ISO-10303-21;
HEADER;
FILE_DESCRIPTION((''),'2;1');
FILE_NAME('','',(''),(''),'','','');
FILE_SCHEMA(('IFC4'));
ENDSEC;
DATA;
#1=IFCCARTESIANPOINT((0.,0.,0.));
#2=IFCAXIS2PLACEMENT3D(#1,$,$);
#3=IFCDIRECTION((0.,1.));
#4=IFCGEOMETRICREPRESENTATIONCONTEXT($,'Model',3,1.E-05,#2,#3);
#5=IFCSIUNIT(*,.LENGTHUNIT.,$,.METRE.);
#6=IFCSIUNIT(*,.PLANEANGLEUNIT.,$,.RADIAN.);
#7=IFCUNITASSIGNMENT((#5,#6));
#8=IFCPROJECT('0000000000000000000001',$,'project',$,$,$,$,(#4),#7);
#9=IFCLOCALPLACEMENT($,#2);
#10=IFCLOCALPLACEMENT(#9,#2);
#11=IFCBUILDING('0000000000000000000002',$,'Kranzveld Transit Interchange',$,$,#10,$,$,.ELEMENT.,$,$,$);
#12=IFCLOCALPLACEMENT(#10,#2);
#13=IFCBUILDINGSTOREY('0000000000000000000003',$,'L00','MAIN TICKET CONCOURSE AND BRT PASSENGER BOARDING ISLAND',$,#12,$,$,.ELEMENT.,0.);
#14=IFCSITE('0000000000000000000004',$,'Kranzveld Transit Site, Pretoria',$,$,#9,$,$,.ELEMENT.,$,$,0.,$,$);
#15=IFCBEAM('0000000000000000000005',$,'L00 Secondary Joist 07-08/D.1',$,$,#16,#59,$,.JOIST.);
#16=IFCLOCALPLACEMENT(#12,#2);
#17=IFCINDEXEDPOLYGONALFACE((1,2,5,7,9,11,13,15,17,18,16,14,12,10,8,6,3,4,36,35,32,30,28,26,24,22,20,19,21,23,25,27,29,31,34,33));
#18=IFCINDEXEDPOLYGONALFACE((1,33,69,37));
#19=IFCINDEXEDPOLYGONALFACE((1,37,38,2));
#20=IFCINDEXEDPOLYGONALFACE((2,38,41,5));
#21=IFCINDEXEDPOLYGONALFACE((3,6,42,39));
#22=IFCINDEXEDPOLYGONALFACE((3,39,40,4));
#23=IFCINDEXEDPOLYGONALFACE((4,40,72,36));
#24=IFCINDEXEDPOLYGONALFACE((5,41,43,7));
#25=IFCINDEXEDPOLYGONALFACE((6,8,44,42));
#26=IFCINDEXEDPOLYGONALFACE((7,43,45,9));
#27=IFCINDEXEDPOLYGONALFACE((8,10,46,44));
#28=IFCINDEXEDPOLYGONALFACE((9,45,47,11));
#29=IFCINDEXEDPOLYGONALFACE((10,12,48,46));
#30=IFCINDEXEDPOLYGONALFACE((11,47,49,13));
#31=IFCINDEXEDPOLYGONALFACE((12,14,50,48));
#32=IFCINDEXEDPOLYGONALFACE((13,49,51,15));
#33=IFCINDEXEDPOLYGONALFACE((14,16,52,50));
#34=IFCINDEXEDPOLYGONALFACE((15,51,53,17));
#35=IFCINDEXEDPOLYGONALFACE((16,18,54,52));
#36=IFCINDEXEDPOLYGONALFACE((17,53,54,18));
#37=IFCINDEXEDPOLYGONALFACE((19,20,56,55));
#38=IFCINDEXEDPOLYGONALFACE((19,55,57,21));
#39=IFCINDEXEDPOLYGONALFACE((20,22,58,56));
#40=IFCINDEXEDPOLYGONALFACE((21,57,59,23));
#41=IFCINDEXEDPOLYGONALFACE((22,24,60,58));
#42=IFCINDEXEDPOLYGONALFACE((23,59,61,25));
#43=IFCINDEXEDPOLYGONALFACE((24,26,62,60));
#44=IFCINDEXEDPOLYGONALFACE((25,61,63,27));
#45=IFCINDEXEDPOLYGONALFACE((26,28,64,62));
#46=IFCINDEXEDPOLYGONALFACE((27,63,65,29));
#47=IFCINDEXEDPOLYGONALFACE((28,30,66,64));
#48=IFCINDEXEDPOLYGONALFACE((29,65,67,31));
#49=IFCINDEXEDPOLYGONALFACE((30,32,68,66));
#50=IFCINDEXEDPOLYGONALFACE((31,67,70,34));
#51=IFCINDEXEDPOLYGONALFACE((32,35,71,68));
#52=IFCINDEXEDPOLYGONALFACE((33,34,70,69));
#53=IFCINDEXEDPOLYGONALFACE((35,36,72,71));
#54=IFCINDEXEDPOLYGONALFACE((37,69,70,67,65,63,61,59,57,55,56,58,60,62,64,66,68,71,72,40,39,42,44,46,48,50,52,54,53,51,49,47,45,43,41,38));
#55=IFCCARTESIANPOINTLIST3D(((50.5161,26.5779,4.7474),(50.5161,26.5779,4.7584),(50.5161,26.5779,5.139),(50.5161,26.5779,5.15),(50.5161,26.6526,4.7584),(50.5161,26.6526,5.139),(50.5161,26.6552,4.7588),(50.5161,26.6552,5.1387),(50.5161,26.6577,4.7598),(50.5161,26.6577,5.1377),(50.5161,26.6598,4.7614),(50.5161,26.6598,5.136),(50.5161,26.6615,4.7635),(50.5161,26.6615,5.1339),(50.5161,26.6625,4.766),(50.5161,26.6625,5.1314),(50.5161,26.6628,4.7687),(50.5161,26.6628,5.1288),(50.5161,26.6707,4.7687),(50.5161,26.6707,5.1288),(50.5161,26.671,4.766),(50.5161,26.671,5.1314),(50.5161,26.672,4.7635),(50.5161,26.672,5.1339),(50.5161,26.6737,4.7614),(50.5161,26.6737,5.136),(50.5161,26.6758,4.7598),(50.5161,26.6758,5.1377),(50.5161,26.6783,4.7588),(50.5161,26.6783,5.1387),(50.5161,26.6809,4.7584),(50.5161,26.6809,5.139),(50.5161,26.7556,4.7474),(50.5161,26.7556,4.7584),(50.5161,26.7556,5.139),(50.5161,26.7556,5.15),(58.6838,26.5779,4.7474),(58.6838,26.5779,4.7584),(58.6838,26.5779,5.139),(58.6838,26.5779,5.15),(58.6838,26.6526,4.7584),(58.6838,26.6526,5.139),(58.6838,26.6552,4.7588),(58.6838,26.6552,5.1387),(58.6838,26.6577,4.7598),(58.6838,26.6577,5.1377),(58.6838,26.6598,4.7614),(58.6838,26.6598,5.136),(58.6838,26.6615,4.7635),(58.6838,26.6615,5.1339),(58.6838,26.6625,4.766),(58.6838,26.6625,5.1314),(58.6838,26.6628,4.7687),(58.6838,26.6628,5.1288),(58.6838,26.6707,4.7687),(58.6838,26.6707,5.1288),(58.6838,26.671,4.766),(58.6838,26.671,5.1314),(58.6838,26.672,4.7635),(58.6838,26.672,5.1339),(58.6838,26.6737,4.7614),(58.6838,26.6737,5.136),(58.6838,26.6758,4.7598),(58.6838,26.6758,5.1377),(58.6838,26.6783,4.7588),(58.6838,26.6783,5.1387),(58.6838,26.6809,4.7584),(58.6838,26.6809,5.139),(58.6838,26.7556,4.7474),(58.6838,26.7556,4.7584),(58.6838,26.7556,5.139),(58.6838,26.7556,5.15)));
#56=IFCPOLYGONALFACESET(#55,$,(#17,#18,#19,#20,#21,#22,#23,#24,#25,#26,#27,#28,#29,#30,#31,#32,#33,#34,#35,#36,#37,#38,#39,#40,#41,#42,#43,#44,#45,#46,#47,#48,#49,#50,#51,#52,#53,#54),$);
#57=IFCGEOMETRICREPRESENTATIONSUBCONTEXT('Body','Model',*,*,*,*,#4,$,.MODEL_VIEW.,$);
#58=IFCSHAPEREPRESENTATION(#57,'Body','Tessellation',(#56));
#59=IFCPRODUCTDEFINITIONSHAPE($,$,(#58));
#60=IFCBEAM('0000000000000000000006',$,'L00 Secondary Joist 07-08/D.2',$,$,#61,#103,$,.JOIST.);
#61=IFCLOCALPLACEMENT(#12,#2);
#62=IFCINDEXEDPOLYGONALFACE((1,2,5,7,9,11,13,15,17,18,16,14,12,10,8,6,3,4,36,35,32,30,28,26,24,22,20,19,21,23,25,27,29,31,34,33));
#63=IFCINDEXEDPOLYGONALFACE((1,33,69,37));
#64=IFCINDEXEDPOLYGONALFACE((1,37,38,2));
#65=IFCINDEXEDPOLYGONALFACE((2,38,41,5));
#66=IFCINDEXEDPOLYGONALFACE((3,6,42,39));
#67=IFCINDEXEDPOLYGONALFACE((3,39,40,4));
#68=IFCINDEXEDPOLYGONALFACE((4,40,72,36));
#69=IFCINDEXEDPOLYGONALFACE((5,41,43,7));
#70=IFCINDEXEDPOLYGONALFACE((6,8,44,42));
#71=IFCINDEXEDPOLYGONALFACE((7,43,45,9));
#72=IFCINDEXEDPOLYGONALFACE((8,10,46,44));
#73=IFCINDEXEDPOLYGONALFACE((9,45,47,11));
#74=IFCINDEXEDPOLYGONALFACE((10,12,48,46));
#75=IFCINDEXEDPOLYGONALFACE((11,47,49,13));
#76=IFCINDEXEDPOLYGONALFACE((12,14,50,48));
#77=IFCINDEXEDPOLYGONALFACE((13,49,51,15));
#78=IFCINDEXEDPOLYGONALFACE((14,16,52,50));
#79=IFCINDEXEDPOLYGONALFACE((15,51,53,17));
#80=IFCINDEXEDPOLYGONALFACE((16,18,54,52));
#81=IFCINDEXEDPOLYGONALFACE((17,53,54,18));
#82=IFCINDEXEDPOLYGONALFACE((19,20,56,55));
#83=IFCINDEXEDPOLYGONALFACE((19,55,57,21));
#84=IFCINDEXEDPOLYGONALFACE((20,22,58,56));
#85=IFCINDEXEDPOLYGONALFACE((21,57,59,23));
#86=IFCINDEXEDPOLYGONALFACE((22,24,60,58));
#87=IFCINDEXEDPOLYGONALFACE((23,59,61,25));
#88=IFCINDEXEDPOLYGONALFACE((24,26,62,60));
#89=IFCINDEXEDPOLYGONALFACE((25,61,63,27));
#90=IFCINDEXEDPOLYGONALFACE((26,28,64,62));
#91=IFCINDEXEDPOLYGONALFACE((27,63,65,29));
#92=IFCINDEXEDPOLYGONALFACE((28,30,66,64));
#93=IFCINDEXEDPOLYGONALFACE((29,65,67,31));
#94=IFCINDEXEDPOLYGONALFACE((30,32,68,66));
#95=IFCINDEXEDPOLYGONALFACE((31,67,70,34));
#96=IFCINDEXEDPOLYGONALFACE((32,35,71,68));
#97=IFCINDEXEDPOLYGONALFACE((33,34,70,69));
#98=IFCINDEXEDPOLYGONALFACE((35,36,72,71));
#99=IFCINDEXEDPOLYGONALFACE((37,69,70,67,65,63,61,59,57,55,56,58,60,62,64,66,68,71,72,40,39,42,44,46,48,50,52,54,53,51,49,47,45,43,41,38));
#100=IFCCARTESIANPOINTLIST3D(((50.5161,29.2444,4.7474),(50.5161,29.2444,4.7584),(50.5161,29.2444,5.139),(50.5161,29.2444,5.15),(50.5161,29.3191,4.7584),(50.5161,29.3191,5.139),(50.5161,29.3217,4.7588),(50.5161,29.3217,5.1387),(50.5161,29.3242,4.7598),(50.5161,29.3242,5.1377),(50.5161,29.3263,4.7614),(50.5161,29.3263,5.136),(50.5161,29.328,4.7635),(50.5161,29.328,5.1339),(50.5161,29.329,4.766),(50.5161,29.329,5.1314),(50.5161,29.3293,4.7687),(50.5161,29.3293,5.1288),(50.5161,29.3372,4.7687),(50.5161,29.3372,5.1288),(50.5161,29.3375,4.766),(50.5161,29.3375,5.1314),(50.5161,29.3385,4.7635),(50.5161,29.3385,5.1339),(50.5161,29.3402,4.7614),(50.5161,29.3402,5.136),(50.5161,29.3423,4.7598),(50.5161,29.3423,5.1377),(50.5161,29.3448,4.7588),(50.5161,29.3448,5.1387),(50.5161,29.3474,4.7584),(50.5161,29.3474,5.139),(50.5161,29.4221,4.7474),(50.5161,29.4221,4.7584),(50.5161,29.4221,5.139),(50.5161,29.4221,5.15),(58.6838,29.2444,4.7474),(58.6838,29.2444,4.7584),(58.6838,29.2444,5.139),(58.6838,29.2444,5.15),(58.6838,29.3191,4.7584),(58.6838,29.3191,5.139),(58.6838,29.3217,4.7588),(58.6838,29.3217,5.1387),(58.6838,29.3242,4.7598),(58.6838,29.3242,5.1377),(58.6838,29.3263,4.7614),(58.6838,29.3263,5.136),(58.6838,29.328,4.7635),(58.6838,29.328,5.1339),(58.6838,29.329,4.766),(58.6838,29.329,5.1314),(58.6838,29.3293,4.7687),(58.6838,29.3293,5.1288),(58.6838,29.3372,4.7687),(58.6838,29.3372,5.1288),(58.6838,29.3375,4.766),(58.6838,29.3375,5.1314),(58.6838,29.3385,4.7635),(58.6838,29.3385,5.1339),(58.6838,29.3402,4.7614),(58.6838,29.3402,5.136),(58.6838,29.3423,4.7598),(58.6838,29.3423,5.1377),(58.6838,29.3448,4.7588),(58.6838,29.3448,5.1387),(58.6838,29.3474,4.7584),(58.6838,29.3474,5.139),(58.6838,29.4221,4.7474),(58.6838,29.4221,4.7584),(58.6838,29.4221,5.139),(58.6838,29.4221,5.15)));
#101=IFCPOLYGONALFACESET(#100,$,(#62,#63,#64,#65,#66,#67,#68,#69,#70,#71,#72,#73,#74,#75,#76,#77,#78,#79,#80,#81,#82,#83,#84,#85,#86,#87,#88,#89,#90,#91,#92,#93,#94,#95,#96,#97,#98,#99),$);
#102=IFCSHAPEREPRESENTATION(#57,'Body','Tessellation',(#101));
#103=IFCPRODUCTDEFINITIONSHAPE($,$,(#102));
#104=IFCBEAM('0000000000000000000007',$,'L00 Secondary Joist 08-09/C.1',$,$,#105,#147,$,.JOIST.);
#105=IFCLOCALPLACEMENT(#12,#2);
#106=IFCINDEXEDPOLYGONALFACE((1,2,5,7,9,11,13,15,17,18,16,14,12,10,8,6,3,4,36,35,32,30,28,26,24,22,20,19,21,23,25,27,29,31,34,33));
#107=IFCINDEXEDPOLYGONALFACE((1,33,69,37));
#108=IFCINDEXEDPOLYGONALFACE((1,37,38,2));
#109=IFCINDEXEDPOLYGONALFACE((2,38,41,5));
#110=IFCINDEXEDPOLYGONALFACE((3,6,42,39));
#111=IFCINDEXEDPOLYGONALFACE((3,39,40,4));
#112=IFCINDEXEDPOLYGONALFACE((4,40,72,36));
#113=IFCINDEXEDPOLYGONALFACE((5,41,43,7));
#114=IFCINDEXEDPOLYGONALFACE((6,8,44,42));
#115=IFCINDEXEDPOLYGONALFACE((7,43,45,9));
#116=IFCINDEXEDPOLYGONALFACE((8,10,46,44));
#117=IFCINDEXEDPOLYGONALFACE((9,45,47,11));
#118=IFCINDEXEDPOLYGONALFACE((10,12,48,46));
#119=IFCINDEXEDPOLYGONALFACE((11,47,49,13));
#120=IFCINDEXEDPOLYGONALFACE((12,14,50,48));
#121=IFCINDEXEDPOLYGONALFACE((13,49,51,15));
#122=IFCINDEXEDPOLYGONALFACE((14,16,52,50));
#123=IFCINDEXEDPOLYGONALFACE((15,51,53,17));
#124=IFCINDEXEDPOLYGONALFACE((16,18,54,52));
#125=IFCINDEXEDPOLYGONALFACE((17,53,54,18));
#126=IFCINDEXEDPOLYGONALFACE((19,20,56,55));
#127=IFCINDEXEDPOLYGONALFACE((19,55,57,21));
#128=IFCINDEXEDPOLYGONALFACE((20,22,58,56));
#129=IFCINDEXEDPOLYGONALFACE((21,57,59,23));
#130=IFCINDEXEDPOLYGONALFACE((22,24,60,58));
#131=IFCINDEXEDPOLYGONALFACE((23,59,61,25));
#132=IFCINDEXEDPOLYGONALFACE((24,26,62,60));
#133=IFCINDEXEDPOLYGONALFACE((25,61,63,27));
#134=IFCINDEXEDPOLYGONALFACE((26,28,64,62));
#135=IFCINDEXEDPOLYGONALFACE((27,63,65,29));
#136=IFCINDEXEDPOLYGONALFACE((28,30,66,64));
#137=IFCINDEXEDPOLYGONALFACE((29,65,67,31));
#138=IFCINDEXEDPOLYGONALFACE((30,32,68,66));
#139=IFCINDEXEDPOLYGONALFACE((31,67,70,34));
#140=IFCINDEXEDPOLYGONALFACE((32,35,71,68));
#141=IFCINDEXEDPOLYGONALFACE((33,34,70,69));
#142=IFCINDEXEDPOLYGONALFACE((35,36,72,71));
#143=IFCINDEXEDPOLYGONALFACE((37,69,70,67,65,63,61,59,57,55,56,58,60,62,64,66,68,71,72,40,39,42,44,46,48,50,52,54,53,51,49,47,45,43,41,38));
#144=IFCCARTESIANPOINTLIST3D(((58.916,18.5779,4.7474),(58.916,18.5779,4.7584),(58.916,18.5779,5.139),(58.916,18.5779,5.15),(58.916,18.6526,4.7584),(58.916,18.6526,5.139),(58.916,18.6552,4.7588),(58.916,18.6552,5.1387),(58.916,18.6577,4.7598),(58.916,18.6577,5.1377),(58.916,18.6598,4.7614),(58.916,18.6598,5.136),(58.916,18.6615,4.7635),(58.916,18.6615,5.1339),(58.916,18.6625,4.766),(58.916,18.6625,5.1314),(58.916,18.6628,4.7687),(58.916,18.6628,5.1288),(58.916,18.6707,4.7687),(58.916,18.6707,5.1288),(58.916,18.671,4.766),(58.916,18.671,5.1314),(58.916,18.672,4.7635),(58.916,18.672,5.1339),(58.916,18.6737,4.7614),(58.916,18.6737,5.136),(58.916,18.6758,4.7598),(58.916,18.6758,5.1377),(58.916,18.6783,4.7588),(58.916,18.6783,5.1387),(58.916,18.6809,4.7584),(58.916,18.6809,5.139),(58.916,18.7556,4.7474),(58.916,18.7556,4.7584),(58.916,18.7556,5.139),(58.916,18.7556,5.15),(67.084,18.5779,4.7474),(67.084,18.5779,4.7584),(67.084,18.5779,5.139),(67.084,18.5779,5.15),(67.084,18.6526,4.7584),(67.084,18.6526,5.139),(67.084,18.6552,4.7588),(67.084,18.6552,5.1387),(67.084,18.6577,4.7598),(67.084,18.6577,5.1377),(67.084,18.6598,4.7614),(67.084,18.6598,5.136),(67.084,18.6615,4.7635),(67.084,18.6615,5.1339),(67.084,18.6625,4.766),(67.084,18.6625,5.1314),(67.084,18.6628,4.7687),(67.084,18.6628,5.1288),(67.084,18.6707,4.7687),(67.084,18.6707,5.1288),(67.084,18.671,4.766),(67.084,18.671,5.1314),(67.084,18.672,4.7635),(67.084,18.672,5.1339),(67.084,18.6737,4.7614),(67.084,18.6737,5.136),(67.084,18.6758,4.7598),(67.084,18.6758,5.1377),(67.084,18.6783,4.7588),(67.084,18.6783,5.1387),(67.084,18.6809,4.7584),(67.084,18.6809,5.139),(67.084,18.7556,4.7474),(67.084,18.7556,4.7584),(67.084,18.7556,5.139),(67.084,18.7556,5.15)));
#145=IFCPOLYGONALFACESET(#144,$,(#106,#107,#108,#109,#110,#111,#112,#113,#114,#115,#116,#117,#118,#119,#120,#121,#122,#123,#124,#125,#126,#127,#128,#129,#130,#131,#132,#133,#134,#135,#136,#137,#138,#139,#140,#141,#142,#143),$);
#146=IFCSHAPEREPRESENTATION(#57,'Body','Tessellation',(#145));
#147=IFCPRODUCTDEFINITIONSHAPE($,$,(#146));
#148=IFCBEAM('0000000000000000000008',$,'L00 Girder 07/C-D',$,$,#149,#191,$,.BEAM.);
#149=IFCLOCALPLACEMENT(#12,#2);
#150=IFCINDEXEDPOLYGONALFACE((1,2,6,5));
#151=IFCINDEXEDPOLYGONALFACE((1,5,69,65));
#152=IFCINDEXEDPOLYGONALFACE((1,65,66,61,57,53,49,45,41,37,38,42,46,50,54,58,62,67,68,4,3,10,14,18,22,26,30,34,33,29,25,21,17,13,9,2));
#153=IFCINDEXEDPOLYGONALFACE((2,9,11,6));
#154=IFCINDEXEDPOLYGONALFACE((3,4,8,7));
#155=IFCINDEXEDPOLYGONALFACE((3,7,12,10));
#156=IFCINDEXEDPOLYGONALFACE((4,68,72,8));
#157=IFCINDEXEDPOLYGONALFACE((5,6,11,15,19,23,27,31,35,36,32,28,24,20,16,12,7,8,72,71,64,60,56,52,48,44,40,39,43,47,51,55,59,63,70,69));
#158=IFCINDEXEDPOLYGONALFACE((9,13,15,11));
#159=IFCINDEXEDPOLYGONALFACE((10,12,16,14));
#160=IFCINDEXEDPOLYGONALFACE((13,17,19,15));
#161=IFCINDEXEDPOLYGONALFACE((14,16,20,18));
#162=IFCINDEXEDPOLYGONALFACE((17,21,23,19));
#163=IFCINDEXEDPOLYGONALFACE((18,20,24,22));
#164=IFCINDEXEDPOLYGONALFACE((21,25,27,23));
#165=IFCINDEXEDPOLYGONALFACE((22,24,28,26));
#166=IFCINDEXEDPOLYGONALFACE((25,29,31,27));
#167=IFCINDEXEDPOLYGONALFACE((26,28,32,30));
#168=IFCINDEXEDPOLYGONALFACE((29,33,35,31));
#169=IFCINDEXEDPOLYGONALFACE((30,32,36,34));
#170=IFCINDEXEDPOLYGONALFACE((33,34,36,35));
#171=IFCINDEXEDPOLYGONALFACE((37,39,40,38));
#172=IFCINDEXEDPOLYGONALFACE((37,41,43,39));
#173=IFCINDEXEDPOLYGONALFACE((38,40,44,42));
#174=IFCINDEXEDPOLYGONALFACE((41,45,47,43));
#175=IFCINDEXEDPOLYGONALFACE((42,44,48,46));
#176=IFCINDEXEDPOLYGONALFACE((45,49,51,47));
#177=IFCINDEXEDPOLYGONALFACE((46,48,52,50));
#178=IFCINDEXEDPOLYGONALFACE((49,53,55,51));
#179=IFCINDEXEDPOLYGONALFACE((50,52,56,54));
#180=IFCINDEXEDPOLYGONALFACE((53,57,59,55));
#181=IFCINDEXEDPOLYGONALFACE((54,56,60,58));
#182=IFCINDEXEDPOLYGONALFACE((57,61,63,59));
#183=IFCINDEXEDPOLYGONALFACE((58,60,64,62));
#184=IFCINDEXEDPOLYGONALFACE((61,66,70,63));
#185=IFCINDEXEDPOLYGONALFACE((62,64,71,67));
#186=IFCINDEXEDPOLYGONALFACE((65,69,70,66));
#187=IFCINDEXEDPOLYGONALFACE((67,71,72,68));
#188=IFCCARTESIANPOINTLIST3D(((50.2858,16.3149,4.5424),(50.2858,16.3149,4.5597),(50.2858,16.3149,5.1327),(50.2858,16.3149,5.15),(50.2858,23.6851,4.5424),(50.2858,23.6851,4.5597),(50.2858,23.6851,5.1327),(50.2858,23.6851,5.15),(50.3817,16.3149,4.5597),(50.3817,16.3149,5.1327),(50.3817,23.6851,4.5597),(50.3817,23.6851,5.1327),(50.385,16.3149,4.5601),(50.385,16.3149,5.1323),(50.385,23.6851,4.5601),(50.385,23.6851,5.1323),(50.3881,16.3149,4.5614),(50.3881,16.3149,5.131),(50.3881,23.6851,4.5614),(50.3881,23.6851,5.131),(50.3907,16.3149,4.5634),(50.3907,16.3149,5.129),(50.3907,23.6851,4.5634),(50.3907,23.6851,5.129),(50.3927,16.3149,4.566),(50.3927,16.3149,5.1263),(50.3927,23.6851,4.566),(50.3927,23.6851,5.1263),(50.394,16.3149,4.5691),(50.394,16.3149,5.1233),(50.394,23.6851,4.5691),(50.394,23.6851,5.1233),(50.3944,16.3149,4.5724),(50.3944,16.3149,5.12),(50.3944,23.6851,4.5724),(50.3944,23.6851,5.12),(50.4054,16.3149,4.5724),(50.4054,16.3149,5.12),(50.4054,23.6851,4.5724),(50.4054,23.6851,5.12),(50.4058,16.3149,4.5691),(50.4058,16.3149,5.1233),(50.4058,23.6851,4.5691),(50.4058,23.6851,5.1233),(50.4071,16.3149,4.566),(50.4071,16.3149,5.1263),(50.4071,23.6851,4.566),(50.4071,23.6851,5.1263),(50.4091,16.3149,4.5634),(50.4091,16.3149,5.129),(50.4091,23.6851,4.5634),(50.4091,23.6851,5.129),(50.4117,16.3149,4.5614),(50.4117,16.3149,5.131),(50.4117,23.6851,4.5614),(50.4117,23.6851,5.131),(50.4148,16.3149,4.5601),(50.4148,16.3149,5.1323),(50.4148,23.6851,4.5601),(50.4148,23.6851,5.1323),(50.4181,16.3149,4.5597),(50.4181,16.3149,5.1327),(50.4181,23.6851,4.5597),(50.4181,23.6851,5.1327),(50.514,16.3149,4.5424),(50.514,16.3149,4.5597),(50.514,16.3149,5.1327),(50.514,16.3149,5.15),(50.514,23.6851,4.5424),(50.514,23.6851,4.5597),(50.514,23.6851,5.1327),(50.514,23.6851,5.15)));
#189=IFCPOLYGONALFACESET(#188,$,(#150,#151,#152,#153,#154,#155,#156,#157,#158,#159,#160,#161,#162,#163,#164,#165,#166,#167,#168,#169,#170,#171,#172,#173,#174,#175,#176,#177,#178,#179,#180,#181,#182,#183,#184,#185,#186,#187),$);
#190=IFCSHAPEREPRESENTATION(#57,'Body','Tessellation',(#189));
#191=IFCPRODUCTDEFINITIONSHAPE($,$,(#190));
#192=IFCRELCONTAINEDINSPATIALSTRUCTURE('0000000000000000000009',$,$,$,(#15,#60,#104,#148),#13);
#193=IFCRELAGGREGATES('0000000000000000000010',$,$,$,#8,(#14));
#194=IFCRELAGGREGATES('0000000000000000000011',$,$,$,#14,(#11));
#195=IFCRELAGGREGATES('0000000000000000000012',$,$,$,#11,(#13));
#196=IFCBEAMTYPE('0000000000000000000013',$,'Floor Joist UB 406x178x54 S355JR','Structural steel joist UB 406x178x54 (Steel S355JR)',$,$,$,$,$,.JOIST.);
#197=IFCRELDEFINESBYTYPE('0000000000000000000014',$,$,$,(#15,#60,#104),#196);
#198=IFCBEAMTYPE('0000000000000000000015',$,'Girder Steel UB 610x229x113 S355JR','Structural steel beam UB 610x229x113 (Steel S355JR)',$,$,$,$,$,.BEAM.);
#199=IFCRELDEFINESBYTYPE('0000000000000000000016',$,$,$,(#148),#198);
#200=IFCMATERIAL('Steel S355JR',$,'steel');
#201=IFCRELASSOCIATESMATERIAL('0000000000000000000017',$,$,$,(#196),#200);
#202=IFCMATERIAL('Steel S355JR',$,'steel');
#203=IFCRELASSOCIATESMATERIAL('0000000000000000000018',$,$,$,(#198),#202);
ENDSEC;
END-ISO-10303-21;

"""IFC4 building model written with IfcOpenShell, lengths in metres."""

from ifc_helpers import new_model, si_unit, direction, frame, origin, origin_2d, place, context, subcontext, project, spatial, i_section, extrude, material, material_profile, profile_set, type_object, element, save


model = new_model("IFC4")

# Units and contexts
model_context = context("Model", 3, precision=1e-05, world=origin(), true_north=direction((0.0, 1.0)))
body_context = subcontext(model_context, "Body", "Model", "MODEL_VIEW")
ifc_project = project(units=[si_unit("LENGTHUNIT", "METRE"), si_unit("PLANEANGLEUNIT", "RADIAN")], contexts=[model_context])

# Site, building, storey
site_placement = place(None, origin())
site = spatial("IfcSite", under=ifc_project, at=site_placement, Name="Kranzveld Transit Site, Pretoria", CompositionType="ELEMENT", RefElevation=0.0)
building_placement = place(site_placement, origin())
building = spatial("IfcBuilding", under=site, at=building_placement, Name="Kranzveld Transit Interchange", CompositionType="ELEMENT")
storey_placement = place(building_placement, origin())
storey = spatial("IfcBuildingStorey", under=building, at=storey_placement, Name="L00", Description="MAIN TICKET CONCOURSE AND BRT PASSENGER BOARDING ISLAND", CompositionType="ELEMENT", Elevation=0.0)

# Beams
ifc_material_1 = material(Name="Steel S355JR", Category="steel")
ifc_material_profile_1 = material_profile(ifc_material_1, i_section(OverallWidth=0.1777, OverallDepth=0.4026, WebThickness=0.0078, FlangeThickness=0.011, FilletRadius=0.0103, at=origin_2d()), Name="UB 406x178x54")
ifc_profile_set_1 = profile_set([ifc_material_profile_1], Name="Steel S355JR")
beam_type_1 = type_object("IfcBeamType", Name="Floor Joist UB 406x178x54 S355JR", Description="Structural steel joist UB 406x178x54 (Steel S355JR)", PredefinedType="JOIST", material=ifc_profile_set_1)
for number, where, z_axis, x_axis, name in (
    (1, (50.5161, 26.6667, 4.9487), (1.0, 0.0, 0.0), (0.0, 1.0, 0.0), "L00 Secondary Joist 07-08/D.1"),
    (2, (50.5161, 29.3333, 4.9487), (1.0, 0.0, 0.0), (0.0, 1.0, 0.0), "L00 Secondary Joist 07-08/D.2"),
):
    element("IfcBeam", number, at=place(storey_placement, frame(where, z_axis=z_axis, x_axis=x_axis)), inside=storey, type_object=beam_type_1, Name=name, PredefinedType="JOIST", context=body_context, shape_type="SweptSolid", body=[
        extrude(i_section(OverallWidth=0.1777, OverallDepth=0.4026, WebThickness=0.0078, FlangeThickness=0.011, FilletRadius=0.0103, at=origin_2d()), origin(), (0.0, 0.0, 1.0), 8.1677),
    ])
beam_1_placement = place(storey_placement, frame((58.916, 18.6667, 4.9487), z_axis=(1.0, 0.0, 0.0), x_axis=(0.0, 1.0, 0.0)))
element("IfcBeam", 3, at=beam_1_placement, inside=storey, type_object=beam_type_1, Name="L00 Secondary Joist 08-09/C.1", PredefinedType="JOIST", context=body_context, shape_type="SweptSolid", body=[
    extrude(i_section(OverallWidth=0.1777, OverallDepth=0.4026, WebThickness=0.0078, FlangeThickness=0.011, FilletRadius=0.0103, at=origin_2d()), origin(), (0.0, 0.0, 1.0), 8.168),
])
ifc_material_2 = material(Name="Steel S355JR", Category="steel")
ifc_material_profile_2 = material_profile(ifc_material_2, i_section(OverallWidth=0.2283, OverallDepth=0.6077, WebThickness=0.011, FlangeThickness=0.0173, FilletRadius=0.0127, at=origin_2d()), Name="UB 610x229x113")
ifc_profile_set_2 = profile_set([ifc_material_profile_2], Name="Steel S355JR")
beam_type_2 = type_object("IfcBeamType", Name="Girder Steel UB 610x229x113 S355JR", Description="Structural steel beam UB 610x229x113 (Steel S355JR)", PredefinedType="BEAM", material=ifc_profile_set_2)
for number, where, z_axis, x_axis, name in (
    (4, (50.3999, 16.3149, 4.8462), (0.0, 1.0, 0.0), (-1.0, 0.0, 0.0), "L00 Girder 07/C-D"),
):
    element("IfcBeam", number, at=place(storey_placement, frame(where, z_axis=z_axis, x_axis=x_axis)), inside=storey, type_object=beam_type_2, Name=name, PredefinedType="BEAM", context=body_context, shape_type="SweptSolid", body=[
        extrude(i_section(OverallWidth=0.2283, OverallDepth=0.6077, WebThickness=0.011, FlangeThickness=0.0173, FilletRadius=0.0127, at=origin_2d()), origin(), (0.0, 0.0, 1.0), 7.3701),
    ])

save(model, "model.ifc")
